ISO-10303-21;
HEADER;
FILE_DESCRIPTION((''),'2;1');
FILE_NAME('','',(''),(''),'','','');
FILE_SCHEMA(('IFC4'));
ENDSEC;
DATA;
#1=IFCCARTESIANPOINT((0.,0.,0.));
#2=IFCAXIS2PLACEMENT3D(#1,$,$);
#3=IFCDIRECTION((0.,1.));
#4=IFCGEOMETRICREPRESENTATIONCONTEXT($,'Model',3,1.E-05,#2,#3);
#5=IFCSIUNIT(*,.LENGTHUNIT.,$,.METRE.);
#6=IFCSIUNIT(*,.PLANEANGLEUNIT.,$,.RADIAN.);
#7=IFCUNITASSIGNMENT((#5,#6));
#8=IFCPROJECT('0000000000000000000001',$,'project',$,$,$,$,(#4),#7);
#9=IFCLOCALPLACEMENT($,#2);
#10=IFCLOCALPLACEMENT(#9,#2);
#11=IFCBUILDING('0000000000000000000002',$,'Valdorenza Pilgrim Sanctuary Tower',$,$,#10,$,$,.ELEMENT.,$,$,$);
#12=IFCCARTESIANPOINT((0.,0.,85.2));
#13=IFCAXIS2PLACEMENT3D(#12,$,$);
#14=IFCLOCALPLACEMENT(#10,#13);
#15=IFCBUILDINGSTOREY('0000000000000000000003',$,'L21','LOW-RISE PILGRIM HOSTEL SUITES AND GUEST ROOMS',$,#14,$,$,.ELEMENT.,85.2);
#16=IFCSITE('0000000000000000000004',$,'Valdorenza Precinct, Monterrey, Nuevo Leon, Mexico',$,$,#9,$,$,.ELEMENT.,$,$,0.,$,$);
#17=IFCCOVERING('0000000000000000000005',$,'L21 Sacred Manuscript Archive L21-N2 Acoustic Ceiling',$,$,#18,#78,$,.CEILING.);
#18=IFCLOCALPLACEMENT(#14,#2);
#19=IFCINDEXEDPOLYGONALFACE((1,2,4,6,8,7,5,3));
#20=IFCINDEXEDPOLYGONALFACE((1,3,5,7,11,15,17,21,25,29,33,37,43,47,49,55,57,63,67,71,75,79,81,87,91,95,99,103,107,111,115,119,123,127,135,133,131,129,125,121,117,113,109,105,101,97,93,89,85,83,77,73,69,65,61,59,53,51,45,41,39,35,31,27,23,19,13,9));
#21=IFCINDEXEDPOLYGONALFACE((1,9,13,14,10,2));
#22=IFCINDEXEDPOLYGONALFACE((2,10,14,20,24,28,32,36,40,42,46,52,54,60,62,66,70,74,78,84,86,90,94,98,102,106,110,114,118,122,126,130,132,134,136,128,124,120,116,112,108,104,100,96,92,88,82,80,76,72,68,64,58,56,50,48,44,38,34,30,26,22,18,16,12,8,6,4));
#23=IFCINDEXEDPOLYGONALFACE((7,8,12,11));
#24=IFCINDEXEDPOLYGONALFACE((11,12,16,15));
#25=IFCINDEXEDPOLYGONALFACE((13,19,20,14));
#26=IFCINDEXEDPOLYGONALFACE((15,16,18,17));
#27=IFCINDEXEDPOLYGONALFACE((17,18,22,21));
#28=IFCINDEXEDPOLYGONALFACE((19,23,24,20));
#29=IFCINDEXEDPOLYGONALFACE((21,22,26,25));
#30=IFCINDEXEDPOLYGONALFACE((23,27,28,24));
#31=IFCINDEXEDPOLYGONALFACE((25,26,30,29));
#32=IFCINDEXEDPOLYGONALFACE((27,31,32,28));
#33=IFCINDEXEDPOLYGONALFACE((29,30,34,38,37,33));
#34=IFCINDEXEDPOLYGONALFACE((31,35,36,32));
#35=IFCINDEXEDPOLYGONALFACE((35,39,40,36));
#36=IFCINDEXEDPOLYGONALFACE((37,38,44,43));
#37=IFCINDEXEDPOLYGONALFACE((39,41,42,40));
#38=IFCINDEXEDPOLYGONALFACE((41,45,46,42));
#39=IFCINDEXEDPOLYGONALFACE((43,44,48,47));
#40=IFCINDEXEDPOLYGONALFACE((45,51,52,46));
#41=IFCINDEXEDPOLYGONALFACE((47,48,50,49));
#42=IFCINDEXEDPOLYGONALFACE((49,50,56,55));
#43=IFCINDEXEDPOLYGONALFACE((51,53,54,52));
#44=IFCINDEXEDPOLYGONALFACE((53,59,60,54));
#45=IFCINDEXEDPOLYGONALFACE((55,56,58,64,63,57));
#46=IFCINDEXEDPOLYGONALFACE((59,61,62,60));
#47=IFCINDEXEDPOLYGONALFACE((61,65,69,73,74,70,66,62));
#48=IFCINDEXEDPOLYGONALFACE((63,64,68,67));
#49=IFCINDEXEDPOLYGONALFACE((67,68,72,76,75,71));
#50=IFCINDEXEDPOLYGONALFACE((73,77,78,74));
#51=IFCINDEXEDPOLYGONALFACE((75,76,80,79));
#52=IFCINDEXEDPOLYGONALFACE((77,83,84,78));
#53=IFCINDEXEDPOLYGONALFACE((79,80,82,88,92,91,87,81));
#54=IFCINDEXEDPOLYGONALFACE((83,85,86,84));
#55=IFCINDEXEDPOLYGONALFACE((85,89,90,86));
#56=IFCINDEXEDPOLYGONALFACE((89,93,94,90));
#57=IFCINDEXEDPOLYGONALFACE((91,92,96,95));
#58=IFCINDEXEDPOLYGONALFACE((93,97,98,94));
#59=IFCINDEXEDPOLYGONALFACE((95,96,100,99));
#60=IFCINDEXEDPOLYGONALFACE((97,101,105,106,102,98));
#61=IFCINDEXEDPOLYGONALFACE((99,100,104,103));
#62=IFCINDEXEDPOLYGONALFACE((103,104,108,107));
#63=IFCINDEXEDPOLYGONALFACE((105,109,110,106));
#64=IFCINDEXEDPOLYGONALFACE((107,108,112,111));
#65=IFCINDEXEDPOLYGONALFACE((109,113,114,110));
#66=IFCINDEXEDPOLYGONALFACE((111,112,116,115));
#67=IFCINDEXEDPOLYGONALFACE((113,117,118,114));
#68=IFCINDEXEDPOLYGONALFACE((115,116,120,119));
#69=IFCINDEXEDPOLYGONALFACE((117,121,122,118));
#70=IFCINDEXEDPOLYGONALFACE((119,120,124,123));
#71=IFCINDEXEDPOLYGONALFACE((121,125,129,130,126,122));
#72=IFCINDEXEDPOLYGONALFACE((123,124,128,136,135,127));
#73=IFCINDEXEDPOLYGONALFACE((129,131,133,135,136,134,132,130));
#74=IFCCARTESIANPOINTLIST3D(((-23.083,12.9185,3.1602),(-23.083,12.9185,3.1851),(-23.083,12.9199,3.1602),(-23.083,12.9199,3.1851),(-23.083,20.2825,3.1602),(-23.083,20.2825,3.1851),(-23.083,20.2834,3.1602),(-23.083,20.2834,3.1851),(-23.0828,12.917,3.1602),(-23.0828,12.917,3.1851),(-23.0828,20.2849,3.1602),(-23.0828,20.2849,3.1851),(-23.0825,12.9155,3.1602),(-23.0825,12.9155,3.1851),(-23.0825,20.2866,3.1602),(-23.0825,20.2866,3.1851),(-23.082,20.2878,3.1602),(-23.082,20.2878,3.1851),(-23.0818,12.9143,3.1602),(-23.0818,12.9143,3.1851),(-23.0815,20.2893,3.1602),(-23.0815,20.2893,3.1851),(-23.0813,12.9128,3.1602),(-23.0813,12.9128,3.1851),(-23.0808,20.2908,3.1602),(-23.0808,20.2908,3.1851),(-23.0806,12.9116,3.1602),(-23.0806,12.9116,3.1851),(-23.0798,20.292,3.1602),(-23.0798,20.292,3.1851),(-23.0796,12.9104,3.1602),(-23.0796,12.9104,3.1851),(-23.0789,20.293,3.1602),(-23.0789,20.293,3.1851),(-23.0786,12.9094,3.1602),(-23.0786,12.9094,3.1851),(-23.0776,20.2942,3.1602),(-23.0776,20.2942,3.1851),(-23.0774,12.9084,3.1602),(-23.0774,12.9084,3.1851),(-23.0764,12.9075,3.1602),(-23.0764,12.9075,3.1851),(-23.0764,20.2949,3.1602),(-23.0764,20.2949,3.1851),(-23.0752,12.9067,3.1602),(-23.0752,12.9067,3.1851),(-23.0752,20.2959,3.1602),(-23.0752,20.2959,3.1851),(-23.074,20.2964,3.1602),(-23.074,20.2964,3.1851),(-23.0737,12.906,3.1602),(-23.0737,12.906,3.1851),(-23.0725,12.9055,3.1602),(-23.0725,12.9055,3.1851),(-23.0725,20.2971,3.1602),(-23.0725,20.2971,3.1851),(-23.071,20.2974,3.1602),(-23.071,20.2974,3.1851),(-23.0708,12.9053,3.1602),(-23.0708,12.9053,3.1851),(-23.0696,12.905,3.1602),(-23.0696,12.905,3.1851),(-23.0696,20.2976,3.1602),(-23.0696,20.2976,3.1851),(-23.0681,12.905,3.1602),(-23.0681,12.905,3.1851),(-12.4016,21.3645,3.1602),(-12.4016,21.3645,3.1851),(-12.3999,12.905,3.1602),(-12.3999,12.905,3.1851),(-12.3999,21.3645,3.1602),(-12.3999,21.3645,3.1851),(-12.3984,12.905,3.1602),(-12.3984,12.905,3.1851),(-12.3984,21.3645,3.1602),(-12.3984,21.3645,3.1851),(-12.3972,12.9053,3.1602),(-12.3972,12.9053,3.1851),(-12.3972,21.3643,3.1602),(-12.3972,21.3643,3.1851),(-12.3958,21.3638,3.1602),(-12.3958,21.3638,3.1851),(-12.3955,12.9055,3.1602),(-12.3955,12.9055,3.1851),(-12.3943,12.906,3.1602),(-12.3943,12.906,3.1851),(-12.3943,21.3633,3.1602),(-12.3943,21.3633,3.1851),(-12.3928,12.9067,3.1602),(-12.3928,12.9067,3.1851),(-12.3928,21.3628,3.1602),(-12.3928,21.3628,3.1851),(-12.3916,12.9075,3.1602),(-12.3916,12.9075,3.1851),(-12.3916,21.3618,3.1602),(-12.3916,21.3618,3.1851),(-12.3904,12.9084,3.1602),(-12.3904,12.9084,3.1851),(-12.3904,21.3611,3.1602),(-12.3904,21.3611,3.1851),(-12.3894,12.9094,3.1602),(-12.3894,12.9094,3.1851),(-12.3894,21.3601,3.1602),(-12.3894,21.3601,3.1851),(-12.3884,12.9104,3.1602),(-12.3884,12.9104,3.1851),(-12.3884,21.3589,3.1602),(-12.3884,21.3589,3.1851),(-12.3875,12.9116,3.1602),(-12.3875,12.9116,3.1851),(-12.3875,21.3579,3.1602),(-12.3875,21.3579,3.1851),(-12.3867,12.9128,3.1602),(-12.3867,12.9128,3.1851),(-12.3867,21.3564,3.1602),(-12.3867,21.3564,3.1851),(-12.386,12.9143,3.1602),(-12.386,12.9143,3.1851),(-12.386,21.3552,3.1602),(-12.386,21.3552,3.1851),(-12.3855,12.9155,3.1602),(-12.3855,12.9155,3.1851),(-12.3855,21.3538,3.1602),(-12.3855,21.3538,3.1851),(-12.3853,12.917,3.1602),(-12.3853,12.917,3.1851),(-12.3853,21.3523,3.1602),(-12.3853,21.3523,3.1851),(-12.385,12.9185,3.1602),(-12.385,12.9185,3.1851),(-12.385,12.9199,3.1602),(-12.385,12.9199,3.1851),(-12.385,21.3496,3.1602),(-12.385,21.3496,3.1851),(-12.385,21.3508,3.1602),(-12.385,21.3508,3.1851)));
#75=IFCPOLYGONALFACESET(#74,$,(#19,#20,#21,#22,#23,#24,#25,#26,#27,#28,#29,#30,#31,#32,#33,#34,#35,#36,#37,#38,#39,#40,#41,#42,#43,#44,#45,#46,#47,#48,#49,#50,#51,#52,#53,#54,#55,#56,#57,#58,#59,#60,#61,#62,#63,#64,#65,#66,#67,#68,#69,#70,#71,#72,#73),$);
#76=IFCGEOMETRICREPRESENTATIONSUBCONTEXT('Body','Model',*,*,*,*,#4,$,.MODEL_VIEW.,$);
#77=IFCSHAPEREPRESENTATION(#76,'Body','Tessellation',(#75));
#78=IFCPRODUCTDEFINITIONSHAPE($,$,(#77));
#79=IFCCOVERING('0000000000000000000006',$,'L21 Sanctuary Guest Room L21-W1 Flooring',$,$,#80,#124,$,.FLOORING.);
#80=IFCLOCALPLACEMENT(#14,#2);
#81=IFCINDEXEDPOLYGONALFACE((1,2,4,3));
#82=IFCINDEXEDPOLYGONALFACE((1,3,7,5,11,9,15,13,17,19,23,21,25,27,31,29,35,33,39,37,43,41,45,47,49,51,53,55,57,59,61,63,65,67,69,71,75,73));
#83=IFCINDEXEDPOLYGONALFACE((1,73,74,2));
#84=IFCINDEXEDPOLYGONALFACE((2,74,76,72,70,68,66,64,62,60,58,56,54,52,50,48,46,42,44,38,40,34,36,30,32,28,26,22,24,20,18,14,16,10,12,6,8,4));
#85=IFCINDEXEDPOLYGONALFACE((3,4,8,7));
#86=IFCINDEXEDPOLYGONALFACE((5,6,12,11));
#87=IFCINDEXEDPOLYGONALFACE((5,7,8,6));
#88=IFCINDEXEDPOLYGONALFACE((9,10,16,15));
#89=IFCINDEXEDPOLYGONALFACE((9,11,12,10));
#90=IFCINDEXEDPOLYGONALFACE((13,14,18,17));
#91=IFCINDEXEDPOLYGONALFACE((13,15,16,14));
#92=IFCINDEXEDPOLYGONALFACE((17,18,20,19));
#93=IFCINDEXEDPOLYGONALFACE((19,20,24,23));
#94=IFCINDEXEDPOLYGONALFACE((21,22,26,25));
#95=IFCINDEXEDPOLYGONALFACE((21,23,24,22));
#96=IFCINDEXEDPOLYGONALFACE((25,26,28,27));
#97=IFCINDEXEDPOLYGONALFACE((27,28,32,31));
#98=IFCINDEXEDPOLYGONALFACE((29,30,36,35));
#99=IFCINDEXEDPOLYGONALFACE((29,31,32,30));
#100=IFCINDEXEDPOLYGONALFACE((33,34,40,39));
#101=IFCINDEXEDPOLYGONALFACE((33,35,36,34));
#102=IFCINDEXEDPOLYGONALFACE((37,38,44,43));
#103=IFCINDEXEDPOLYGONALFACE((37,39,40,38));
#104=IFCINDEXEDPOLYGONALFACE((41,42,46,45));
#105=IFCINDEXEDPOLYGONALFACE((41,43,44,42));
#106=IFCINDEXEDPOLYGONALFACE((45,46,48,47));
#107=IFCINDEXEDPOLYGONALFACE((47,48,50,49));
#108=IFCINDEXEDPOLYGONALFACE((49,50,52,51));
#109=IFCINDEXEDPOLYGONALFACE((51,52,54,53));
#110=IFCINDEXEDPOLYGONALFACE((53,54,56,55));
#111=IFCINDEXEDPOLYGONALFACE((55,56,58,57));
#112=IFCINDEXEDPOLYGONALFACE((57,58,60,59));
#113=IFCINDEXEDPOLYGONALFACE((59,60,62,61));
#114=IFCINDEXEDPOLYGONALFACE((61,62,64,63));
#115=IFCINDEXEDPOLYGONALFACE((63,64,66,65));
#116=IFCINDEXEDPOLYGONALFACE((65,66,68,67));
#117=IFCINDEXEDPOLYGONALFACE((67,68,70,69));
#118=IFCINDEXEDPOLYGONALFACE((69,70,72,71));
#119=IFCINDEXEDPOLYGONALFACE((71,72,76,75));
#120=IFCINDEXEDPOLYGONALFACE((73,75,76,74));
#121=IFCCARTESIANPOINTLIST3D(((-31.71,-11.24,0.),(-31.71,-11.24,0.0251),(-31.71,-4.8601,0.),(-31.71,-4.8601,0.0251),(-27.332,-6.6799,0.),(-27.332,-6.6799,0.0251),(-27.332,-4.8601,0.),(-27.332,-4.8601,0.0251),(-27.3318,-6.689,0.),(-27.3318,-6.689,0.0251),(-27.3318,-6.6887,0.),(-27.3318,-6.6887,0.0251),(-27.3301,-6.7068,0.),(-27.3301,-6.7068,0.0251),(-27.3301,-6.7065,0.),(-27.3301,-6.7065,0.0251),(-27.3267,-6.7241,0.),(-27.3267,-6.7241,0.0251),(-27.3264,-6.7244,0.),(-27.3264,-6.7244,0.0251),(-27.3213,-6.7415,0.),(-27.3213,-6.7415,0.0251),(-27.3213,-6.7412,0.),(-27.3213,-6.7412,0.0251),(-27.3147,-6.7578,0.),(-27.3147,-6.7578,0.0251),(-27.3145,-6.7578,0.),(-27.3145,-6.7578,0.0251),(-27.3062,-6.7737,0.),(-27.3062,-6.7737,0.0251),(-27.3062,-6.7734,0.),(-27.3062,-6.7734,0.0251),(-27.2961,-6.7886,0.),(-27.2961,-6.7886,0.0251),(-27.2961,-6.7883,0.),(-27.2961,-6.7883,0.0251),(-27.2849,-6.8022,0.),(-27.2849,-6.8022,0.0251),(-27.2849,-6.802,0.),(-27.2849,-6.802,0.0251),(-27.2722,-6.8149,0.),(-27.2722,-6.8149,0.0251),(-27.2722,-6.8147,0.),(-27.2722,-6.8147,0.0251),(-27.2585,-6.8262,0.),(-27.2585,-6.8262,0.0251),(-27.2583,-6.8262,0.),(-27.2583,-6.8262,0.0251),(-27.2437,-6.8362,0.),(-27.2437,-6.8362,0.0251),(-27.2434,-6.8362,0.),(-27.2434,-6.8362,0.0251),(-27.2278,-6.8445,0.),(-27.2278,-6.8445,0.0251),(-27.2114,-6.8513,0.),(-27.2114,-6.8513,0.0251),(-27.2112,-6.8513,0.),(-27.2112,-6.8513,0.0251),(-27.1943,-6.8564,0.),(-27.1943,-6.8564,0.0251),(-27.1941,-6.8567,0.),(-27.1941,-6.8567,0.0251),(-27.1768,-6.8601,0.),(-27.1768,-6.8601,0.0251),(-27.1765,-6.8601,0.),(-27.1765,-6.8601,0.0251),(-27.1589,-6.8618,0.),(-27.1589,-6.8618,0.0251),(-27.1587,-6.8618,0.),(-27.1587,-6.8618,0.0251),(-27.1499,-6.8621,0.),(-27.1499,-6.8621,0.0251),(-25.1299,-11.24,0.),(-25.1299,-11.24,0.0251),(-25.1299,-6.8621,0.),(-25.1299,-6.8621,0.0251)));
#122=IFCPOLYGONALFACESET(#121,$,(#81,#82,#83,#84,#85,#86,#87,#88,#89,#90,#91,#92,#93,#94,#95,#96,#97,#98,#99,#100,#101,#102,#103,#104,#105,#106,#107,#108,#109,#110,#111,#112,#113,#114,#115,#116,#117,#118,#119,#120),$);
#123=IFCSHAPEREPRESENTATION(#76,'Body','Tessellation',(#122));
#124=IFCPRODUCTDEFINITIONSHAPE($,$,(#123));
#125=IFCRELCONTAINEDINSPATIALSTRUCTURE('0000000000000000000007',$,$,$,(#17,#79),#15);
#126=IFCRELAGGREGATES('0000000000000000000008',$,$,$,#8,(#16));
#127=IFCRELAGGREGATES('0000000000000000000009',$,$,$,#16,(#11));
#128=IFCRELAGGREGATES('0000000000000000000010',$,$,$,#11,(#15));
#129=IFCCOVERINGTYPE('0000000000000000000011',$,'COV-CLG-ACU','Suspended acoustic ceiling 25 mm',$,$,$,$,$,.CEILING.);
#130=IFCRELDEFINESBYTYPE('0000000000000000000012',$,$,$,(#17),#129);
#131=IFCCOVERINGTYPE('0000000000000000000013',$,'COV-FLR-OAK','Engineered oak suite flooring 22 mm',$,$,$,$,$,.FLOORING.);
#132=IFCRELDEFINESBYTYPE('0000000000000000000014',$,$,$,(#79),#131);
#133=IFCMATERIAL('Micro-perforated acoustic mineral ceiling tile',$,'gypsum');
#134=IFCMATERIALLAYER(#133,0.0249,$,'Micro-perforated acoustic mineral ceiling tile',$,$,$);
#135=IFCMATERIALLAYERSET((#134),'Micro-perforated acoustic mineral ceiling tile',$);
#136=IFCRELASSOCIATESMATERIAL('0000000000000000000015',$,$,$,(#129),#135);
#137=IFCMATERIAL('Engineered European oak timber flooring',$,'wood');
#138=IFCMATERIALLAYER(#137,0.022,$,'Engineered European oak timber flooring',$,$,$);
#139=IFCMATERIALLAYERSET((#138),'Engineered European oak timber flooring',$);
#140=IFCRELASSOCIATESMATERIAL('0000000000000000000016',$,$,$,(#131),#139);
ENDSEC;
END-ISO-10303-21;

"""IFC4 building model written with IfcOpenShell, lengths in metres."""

from ifc_helpers import new_model, si_unit, direction, frame, origin, place, context, subcontext, project, spatial, polyline, outline, extrude, material, layer, layer_set, type_object, element, save


model = new_model("IFC4")

# Units and contexts
model_context = context("Model", 3, precision=1e-05, world=origin(), true_north=direction((0.0, 1.0)))
body_context = subcontext(model_context, "Body", "Model", "MODEL_VIEW")
ifc_project = project(units=[si_unit("LENGTHUNIT", "METRE"), si_unit("PLANEANGLEUNIT", "RADIAN")], contexts=[model_context])

# Site, building, storey
site_placement = place(None, origin())
site = spatial("IfcSite", under=ifc_project, at=site_placement, Name="Valdorenza Precinct, Monterrey, Nuevo Leon, Mexico", CompositionType="ELEMENT", RefElevation=0.0)
building_placement = place(site_placement, origin())
building = spatial("IfcBuilding", under=site, at=building_placement, Name="Valdorenza Pilgrim Sanctuary Tower", CompositionType="ELEMENT")
storey_placement = place(building_placement, frame((0.0, 0.0, 85.2)))
storey = spatial("IfcBuildingStorey", under=building, at=storey_placement, Name="L21", Description="LOW-RISE PILGRIM HOSTEL SUITES AND GUEST ROOMS", CompositionType="ELEMENT", Elevation=85.2)

# Coverings
ifc_material_1 = material(Name="Micro-perforated acoustic mineral ceiling tile", Category="gypsum")
ifc_layer_1 = layer(ifc_material_1, 0.0249, Name="Micro-perforated acoustic mineral ceiling tile")
ifc_layer_set_1 = layer_set([ifc_layer_1], Name="Micro-perforated acoustic mineral ceiling tile")
covering_type_1 = type_object("IfcCoveringType", Name="COV-CLG-ACU", Description="Suspended acoustic ceiling 25 mm", PredefinedType="CEILING", material=ifc_layer_set_1)
covering_1_placement = place(storey_placement, frame((0.0, 0.0, 3.1602)))
element("IfcCovering", 1, at=covering_1_placement, inside=storey, type_object=covering_type_1, Name="L21 Sacred Manuscript Archive L21-N2 Acoustic Ceiling", PredefinedType="CEILING", context=body_context, shape_type="SweptSolid", body=[
    extrude(outline(polyline([(-23.083, 20.2825), (-23.083, 20.2834), (-23.0828, 20.2849), (-23.0825, 20.2866), (-23.082, 20.2878), (-23.0815, 20.2893), (-23.0808, 20.2908), (-23.0798, 20.292), (-23.0789, 20.293), (-23.0776, 20.2942), (-23.0764, 20.2949), (-23.0752, 20.2959), (-23.074, 20.2964), (-23.0725, 20.2971), (-23.071, 20.2974), (-23.0696, 20.2976), (-12.4016, 21.3645), (-12.3999, 21.3645), (-12.3984, 21.3645), (-12.3972, 21.3643), (-12.3958, 21.3638), (-12.3943, 21.3633), (-12.3928, 21.3628), (-12.3916, 21.3618), (-12.3904, 21.3611), (-12.3894, 21.3601), (-12.3884, 21.3589), (-12.3875, 21.3579), (-12.3867, 21.3564), (-12.386, 21.3552), (-12.3855, 21.3538), (-12.3853, 21.3523), (-12.385, 21.3508), (-12.385, 21.3496), (-12.385, 12.9199), (-12.385, 12.9185), (-12.3853, 12.917), (-12.3855, 12.9155), (-12.386, 12.9143), (-12.3867, 12.9128), (-12.3875, 12.9116), (-12.3884, 12.9104), (-12.3894, 12.9094), (-12.3904, 12.9084), (-12.3916, 12.9075), (-12.3928, 12.9067), (-12.3943, 12.906), (-12.3955, 12.9055), (-12.3972, 12.9053), (-12.3984, 12.905), (-12.3999, 12.905), (-23.0681, 12.905), (-23.0696, 12.905), (-23.0708, 12.9053), (-23.0725, 12.9055), (-23.0737, 12.906), (-23.0752, 12.9067), (-23.0764, 12.9075), (-23.0774, 12.9084), (-23.0786, 12.9094), (-23.0796, 12.9104), (-23.0806, 12.9116), (-23.0813, 12.9128), (-23.0818, 12.9143), (-23.0825, 12.9155), (-23.0828, 12.917), (-23.083, 12.9185), (-23.083, 12.9199), (-23.083, 20.2825), (-23.083, 20.2825)])), origin(), (0.0, 0.0, 1.0), 0.0249),
])
ifc_material_2 = material(Name="Engineered European oak timber flooring", Category="wood")
ifc_layer_2 = layer(ifc_material_2, 0.022, Name="Engineered European oak timber flooring")
ifc_layer_set_2 = layer_set([ifc_layer_2], Name="Engineered European oak timber flooring")
covering_type_2 = type_object("IfcCoveringType", Name="COV-FLR-OAK", Description="Engineered oak suite flooring 22 mm", PredefinedType="FLOORING", material=ifc_layer_set_2)
covering_2_placement = place(storey_placement, origin())
element("IfcCovering", 2, at=covering_2_placement, inside=storey, type_object=covering_type_2, Name="L21 Sanctuary Guest Room L21-W1 Flooring", PredefinedType="FLOORING", context=body_context, shape_type="SweptSolid", body=[
    extrude(outline(polyline([(-31.71, -4.8601), (-27.332, -4.8601), (-27.332, -6.6799), (-27.3318, -6.6887), (-27.3318, -6.689), (-27.3301, -6.7065), (-27.3301, -6.7068), (-27.3267, -6.7241), (-27.3264, -6.7244), (-27.3213, -6.7412), (-27.3213, -6.7415), (-27.3147, -6.7578), (-27.3145, -6.7578), (-27.3062, -6.7734), (-27.3062, -6.7737), (-27.2961, -6.7883), (-27.2961, -6.7886), (-27.2849, -6.802), (-27.2849, -6.8022), (-27.2722, -6.8147), (-27.2722, -6.8149), (-27.2585, -6.8262), (-27.2583, -6.8262), (-27.2437, -6.8362), (-27.2434, -6.8362), (-27.2278, -6.8445), (-27.2278, -6.8445), (-27.2114, -6.8513), (-27.2112, -6.8513), (-27.1943, -6.8564), (-27.1941, -6.8567), (-27.1768, -6.8601), (-27.1765, -6.8601), (-27.1589, -6.8618), (-27.1587, -6.8618), (-27.1499, -6.8621), (-25.1299, -6.8621), (-25.1299, -11.24), (-31.71, -11.24), (-31.71, -4.8601)])), origin(), (0.0, 0.0, 1.0), 0.0251),
])

save(model, "model.ifc")
